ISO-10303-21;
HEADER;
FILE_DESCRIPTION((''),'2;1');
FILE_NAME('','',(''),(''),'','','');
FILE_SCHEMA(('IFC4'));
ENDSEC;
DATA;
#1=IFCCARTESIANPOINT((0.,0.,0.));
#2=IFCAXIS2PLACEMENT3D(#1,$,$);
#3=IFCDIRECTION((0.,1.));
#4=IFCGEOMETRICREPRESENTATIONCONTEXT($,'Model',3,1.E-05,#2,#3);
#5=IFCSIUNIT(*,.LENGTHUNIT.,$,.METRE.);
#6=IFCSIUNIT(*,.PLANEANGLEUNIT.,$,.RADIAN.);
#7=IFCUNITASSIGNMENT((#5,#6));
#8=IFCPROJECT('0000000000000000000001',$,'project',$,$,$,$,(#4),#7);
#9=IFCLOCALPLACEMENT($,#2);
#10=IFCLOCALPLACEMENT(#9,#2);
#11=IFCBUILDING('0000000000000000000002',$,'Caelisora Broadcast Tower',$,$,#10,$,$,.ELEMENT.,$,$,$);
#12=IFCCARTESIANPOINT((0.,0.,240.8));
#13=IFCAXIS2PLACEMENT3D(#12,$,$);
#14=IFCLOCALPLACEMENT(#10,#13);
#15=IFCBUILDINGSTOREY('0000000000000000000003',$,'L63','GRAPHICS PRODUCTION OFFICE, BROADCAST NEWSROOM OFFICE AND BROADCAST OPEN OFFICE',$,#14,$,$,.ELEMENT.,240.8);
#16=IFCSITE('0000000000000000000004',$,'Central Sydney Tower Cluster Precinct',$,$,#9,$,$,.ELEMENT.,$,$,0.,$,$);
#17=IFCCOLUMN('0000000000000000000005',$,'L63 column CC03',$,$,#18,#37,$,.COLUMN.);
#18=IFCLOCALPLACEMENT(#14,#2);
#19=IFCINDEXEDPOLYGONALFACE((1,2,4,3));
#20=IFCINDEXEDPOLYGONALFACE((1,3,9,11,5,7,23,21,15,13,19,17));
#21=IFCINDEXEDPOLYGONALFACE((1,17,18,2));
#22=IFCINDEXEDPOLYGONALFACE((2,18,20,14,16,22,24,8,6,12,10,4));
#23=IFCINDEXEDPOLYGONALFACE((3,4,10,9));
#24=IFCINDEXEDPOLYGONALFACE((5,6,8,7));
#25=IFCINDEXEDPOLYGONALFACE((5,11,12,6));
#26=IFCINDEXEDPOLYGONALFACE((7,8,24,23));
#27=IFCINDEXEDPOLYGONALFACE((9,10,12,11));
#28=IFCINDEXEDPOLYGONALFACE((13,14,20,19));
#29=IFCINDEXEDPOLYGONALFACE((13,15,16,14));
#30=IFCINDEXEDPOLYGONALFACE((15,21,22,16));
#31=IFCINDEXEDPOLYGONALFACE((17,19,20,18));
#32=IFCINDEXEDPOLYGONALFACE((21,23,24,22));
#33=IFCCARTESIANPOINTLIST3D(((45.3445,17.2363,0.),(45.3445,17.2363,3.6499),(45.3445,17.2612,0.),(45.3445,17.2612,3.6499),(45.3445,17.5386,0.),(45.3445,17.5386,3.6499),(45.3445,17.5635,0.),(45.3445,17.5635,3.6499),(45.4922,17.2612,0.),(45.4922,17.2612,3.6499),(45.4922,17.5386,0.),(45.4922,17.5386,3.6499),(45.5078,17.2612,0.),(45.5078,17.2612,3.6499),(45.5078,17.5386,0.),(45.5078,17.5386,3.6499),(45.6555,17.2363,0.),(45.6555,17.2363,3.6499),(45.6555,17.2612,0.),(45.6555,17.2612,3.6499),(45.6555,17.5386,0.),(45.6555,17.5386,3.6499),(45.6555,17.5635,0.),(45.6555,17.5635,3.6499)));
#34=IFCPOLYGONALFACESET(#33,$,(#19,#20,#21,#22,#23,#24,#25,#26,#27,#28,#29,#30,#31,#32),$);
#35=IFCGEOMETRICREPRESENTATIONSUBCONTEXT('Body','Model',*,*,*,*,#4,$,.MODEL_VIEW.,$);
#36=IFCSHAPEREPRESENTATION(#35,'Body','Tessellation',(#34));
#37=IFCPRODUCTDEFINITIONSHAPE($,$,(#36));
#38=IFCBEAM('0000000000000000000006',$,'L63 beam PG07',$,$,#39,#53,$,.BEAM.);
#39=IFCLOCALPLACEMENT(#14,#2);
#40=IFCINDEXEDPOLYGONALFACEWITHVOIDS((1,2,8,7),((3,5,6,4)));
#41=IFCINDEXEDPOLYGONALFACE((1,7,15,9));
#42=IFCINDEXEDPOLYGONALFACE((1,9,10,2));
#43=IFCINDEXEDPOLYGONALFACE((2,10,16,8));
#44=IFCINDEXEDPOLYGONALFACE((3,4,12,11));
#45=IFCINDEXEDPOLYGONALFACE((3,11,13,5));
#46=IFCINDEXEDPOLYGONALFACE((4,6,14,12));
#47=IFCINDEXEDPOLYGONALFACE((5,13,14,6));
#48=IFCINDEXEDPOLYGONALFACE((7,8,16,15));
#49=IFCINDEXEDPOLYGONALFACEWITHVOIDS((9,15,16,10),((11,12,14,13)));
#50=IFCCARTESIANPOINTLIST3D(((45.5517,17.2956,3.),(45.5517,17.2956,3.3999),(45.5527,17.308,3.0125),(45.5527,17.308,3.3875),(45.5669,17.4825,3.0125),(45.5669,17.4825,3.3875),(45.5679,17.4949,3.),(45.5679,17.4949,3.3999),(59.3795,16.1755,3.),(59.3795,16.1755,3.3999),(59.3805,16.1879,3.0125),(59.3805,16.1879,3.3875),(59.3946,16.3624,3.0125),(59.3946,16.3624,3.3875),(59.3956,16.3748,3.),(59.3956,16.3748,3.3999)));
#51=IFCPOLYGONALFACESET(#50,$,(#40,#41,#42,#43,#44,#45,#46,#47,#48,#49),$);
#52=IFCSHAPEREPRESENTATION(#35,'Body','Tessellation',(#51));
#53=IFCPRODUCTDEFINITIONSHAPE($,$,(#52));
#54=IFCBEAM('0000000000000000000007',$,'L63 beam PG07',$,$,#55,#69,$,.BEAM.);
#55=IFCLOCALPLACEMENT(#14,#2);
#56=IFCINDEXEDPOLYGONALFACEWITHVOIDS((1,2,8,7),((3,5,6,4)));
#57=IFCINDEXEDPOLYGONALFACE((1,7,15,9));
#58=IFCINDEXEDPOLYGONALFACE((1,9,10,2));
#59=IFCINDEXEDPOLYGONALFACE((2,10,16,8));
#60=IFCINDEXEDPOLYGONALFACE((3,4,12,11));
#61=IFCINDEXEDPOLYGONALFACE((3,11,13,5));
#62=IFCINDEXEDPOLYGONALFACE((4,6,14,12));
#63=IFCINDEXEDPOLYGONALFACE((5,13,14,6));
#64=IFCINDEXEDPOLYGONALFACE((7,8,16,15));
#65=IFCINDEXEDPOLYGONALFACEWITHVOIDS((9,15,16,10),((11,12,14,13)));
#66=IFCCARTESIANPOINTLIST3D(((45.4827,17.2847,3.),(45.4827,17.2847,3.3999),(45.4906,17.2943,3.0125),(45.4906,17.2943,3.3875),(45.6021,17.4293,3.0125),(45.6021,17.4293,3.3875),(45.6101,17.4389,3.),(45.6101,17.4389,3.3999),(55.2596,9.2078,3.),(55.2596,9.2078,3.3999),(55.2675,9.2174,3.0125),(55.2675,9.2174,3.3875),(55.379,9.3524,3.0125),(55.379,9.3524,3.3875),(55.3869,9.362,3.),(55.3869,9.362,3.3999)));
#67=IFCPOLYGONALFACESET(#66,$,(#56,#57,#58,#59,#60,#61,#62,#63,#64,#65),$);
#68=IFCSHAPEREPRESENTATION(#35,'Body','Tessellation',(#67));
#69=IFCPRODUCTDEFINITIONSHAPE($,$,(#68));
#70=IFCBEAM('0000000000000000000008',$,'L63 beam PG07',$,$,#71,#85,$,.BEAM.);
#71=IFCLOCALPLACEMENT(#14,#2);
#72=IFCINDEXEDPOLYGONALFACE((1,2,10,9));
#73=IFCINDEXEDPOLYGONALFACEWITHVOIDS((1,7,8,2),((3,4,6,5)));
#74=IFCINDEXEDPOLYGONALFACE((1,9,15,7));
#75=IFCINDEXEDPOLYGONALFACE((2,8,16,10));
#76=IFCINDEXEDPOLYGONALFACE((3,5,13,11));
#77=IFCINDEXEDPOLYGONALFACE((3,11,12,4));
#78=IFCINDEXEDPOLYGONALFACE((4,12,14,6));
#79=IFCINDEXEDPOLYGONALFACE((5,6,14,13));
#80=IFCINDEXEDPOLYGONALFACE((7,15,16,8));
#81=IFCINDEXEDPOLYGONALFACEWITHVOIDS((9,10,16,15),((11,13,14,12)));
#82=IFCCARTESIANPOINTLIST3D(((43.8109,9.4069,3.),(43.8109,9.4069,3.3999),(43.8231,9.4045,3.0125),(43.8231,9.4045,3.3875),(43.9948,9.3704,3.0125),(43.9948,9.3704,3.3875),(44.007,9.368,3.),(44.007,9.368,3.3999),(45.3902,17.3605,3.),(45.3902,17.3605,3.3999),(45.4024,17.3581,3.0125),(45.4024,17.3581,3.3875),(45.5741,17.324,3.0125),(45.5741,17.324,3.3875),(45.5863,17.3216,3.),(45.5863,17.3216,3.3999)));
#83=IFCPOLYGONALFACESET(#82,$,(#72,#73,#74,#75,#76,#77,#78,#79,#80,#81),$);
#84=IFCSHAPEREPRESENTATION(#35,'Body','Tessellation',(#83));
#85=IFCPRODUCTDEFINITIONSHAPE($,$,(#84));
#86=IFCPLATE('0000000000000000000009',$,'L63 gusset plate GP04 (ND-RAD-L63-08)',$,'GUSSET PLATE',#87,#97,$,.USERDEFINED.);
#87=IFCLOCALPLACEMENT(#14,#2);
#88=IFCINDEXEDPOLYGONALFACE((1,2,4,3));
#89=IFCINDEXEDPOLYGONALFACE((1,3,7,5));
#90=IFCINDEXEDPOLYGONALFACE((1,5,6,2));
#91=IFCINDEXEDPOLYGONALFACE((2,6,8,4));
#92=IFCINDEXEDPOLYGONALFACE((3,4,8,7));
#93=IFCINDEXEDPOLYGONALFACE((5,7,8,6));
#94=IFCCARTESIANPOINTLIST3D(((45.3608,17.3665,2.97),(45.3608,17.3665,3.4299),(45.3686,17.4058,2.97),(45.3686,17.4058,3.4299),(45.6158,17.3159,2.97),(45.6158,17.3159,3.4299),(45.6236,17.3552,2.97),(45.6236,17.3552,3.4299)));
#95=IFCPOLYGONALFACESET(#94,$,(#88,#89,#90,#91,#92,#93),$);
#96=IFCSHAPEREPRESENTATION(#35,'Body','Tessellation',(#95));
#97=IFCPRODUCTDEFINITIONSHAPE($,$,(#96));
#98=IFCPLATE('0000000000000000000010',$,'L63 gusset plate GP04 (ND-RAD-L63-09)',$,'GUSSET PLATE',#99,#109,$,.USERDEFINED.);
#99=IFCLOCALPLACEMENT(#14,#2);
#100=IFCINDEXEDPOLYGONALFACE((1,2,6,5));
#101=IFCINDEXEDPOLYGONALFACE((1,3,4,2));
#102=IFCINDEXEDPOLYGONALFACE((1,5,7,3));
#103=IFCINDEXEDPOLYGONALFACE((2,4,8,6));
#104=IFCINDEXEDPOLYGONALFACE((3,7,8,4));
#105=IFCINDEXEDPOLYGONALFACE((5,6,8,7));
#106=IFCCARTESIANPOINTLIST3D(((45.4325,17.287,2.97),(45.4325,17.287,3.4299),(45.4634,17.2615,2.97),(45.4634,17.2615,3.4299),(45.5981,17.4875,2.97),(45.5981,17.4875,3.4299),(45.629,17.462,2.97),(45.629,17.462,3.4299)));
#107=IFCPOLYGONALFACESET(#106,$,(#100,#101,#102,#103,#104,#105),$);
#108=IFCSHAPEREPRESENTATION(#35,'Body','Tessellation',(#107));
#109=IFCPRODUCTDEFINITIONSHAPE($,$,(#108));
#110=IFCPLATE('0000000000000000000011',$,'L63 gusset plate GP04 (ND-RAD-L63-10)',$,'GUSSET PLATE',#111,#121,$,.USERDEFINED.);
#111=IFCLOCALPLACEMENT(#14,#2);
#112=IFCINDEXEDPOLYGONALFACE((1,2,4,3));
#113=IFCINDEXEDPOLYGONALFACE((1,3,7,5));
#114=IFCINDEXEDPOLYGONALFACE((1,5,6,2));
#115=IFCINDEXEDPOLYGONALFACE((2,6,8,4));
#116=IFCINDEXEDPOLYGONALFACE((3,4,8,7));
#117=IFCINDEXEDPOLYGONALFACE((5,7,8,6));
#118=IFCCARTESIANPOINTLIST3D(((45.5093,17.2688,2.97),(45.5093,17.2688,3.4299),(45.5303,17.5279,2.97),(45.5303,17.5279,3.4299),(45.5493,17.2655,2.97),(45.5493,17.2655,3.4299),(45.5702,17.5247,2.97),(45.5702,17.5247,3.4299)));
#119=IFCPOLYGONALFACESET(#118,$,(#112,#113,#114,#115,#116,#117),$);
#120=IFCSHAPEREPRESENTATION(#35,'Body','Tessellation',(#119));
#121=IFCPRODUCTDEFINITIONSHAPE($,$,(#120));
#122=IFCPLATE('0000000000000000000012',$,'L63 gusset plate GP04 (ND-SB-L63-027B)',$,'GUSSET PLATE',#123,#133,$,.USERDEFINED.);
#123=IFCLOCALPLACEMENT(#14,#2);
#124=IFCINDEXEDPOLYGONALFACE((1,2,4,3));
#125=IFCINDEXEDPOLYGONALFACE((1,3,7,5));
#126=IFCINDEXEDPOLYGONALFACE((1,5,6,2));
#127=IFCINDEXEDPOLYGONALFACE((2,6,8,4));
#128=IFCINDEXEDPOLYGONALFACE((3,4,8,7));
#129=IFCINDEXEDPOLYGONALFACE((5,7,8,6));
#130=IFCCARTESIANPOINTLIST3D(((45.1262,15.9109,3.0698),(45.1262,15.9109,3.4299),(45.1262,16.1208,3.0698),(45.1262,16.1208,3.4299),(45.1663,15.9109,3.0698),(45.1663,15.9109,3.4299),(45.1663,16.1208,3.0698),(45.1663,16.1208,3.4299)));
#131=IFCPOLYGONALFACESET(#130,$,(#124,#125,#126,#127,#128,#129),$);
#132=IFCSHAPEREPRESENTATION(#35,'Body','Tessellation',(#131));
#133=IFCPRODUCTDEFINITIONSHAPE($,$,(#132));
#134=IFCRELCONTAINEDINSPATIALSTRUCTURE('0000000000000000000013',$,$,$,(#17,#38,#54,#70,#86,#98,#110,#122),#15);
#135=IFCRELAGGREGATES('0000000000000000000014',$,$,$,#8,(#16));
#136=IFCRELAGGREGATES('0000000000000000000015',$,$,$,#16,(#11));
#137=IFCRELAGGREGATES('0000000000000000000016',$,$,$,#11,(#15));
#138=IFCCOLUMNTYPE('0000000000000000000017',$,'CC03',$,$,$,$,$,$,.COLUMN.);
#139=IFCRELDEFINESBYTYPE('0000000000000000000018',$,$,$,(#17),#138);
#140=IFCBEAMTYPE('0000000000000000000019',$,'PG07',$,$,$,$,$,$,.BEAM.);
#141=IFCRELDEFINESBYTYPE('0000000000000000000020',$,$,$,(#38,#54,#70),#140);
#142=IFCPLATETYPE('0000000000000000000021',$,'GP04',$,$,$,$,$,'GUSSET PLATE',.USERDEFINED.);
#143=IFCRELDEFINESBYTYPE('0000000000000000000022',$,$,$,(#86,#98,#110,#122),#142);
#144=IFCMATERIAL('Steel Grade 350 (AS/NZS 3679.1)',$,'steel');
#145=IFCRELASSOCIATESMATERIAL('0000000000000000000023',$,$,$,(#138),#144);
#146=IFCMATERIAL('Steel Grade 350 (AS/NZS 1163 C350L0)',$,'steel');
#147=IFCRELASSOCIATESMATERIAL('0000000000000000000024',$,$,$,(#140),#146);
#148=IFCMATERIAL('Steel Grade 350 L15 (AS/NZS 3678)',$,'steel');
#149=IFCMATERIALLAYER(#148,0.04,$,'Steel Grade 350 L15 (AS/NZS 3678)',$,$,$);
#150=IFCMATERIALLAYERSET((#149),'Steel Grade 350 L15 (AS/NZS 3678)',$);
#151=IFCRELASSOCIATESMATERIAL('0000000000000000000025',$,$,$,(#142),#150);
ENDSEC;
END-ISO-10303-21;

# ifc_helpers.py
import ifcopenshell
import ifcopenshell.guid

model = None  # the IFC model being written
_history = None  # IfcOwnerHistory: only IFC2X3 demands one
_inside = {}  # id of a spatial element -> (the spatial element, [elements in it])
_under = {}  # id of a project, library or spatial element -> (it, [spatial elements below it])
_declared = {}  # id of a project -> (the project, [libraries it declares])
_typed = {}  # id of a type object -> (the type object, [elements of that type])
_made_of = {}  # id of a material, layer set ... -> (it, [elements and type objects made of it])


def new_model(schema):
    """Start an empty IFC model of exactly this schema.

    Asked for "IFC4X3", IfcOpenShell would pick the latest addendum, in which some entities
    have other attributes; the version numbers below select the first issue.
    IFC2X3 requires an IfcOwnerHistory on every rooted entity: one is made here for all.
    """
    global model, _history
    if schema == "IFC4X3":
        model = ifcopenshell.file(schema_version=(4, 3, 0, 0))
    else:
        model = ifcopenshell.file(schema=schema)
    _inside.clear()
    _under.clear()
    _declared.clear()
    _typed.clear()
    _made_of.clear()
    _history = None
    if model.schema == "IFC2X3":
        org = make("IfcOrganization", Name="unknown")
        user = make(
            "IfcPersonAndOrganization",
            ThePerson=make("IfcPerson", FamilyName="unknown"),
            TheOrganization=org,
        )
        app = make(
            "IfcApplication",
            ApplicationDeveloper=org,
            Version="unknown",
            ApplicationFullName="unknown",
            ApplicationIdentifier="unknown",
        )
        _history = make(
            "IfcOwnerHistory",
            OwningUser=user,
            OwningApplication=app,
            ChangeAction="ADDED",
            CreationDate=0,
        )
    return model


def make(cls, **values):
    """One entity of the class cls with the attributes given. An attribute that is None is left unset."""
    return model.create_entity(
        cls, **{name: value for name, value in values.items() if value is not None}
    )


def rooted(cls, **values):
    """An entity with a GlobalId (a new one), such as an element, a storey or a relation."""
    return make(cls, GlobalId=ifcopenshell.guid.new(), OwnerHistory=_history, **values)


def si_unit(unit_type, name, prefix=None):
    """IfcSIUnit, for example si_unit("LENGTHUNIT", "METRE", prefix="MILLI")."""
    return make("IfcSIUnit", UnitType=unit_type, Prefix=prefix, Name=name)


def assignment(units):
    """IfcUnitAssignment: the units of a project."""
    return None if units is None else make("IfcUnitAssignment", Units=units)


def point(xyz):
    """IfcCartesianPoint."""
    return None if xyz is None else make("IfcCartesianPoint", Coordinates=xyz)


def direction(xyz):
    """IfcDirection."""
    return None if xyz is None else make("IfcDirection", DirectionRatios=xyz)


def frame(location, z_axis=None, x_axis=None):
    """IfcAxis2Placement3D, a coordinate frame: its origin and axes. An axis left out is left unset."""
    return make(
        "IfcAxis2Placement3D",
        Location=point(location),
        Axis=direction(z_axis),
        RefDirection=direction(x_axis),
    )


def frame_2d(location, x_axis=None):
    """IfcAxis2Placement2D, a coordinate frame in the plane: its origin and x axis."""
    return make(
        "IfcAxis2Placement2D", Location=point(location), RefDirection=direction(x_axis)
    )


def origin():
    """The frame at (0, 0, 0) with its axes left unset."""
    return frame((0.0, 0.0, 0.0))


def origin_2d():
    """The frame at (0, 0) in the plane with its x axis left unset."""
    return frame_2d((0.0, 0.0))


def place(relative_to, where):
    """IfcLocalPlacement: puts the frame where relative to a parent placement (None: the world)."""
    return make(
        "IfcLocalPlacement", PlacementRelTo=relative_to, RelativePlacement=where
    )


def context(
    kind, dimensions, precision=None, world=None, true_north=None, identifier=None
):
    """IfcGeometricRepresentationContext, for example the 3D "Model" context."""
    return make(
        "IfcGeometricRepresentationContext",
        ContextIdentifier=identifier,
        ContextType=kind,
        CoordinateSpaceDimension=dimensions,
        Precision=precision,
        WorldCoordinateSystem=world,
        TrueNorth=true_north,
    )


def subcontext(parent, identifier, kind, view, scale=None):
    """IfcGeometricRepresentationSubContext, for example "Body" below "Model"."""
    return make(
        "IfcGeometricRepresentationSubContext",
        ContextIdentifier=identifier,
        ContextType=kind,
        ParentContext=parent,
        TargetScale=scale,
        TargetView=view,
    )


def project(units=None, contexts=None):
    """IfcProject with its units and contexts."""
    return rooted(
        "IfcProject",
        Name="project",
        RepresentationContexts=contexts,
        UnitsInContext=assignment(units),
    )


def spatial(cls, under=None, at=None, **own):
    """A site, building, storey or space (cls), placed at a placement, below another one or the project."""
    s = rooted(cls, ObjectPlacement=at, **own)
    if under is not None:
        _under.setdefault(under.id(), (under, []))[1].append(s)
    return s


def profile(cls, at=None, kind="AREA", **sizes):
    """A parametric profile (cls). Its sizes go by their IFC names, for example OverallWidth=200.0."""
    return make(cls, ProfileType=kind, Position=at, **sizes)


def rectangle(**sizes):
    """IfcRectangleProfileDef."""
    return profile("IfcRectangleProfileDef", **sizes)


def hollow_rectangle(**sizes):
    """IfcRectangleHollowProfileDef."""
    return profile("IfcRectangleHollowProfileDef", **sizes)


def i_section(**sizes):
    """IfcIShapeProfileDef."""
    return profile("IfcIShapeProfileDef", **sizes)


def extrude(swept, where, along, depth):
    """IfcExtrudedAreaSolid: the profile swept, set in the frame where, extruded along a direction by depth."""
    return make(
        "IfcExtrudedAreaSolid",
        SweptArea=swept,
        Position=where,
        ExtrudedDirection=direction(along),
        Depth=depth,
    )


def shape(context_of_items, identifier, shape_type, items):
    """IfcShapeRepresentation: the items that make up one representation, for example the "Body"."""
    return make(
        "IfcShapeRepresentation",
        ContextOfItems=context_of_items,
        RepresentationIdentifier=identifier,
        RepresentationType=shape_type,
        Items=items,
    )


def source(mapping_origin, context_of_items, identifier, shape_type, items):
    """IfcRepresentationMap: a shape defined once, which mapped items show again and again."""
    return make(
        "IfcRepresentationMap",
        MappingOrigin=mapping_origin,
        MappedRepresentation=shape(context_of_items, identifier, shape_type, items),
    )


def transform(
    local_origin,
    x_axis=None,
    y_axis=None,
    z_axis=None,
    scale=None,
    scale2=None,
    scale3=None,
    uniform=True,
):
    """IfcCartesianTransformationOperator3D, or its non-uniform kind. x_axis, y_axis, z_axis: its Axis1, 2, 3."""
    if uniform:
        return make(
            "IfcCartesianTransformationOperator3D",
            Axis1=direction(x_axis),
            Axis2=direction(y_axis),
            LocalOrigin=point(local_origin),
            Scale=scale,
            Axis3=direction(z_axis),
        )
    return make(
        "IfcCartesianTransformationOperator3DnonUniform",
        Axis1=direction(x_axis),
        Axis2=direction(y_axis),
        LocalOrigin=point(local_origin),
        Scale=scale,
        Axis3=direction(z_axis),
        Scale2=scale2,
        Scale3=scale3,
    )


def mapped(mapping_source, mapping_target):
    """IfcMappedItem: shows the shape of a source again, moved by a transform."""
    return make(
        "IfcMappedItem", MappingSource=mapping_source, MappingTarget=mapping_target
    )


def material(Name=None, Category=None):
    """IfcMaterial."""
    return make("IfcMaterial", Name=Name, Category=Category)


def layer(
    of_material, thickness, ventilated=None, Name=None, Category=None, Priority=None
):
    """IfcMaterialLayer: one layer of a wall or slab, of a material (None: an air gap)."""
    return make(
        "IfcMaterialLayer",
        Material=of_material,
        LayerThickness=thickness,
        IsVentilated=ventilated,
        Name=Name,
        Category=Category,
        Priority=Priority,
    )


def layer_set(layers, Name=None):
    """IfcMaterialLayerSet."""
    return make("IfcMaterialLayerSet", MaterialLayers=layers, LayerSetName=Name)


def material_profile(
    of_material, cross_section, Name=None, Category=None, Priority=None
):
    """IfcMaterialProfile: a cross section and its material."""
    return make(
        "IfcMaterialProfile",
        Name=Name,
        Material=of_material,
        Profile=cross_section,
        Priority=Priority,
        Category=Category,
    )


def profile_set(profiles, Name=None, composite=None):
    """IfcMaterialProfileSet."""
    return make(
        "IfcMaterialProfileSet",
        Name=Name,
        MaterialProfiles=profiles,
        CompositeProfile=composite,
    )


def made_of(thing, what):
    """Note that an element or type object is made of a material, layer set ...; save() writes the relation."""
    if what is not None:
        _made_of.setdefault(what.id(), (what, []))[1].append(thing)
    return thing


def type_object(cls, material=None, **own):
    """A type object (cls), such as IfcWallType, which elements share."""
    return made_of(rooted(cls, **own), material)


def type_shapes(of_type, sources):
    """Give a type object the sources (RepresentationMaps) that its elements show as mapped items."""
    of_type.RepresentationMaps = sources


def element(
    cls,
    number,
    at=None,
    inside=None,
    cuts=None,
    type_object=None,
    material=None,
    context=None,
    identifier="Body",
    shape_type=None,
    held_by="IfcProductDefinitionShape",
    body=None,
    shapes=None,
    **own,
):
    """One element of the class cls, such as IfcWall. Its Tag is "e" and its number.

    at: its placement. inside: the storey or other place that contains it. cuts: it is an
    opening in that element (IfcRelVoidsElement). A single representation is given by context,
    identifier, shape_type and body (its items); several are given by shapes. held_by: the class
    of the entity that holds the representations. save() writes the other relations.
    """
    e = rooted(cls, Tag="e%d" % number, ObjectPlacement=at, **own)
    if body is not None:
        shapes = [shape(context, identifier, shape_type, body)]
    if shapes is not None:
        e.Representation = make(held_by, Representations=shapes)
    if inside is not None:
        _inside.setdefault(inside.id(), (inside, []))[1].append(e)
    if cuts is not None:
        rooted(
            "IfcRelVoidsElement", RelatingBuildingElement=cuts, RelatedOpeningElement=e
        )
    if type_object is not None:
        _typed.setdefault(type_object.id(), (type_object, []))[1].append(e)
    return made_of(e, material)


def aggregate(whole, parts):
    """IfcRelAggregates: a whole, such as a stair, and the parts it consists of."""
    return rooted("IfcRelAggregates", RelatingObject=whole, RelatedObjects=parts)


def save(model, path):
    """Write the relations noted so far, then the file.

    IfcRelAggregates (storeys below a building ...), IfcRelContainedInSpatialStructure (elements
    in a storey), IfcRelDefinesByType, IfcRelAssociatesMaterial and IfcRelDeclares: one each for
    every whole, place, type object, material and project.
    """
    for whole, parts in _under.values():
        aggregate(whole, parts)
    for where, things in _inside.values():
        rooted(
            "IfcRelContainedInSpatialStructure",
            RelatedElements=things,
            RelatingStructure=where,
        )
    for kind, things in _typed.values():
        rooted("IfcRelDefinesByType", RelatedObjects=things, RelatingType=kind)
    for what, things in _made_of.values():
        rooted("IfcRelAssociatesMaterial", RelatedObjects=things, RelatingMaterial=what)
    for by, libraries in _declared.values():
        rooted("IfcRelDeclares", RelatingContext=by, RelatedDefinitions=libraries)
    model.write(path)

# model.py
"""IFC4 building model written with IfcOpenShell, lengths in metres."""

from ifc_helpers import new_model, si_unit, direction, frame, origin, origin_2d, place, context, subcontext, project, spatial, rectangle, hollow_rectangle, i_section, extrude, source, transform, mapped, material, layer, layer_set, material_profile, profile_set, type_object, type_shapes, element, save


model = new_model("IFC4")

# Units and contexts
model_context = context("Model", 3, precision=1e-05, world=origin(), true_north=direction((0.0, 1.0)))
body_context = subcontext(model_context, "Body", "Model", "MODEL_VIEW")
ifc_project = project(units=[si_unit("LENGTHUNIT", "METRE"), si_unit("PLANEANGLEUNIT", "RADIAN")], contexts=[model_context])

# Site, building, storey
site_placement = place(None, origin())
site = spatial("IfcSite", under=ifc_project, at=site_placement, Name="Central Sydney Tower Cluster Precinct", CompositionType="ELEMENT", RefElevation=0.0)
building_placement = place(site_placement, origin())
building = spatial("IfcBuilding", under=site, at=building_placement, Name="Caelisora Broadcast Tower", CompositionType="ELEMENT")
storey_placement = place(building_placement, frame((0.0, 0.0, 240.8)))
storey = spatial("IfcBuildingStorey", under=building, at=storey_placement, Name="L63", Description="GRAPHICS PRODUCTION OFFICE, BROADCAST NEWSROOM OFFICE AND BROADCAST OPEN OFFICE", CompositionType="ELEMENT", Elevation=240.8)

# Column
ifc_material_1 = material(Name="Steel Grade 350 (AS/NZS 3679.1)", Category="steel")
ifc_material_profile_1 = material_profile(ifc_material_1, i_section(OverallWidth=0.311, OverallDepth=0.3271, WebThickness=0.0156, FlangeThickness=0.0249, at=origin_2d()), Name="Steel Grade 350 (AS/NZS 3679.1)")
ifc_profile_set_1 = profile_set([ifc_material_profile_1], Name="Steel Grade 350 (AS/NZS 3679.1)")
column_type = type_object("IfcColumnType", Name="CC03", PredefinedType="COLUMN", material=ifc_profile_set_1)
shared_shape_1 = source(origin(), body_context, "Body", "SweptSolid", [
    extrude(i_section(OverallWidth=0.311, OverallDepth=0.3271, WebThickness=0.0156, FlangeThickness=0.0249, at=origin_2d()), origin(), (0.0, 0.0, 1.0), 3.6499),
])
type_shapes(column_type, [shared_shape_1])
column_placement = place(storey_placement, frame((45.5, 17.3999, 0.0), z_axis=(0.0, 0.0, 1.0), x_axis=(1.0, 0.0, 0.0)))
element("IfcColumn", 1, at=column_placement, inside=storey, type_object=column_type, Name="L63 column CC03", PredefinedType="COLUMN", context=body_context, shape_type="MappedRepresentation", body=[
    mapped(shared_shape_1, transform((0.0, 0.0, 0.0), scale=1.0)),
])

# Beams
ifc_material_2 = material(Name="Steel Grade 350 (AS/NZS 1163 C350L0)", Category="steel")
ifc_material_profile_2 = material_profile(ifc_material_2, hollow_rectangle(XDim=0.2, YDim=0.3999, WallThickness=0.0125, at=origin_2d()), Name="Steel Grade 350 (AS/NZS 1163 C350L0)")
ifc_profile_set_2 = profile_set([ifc_material_profile_2], Name="Steel Grade 350 (AS/NZS 1163 C350L0)")
beam_type = type_object("IfcBeamType", Name="PG07", PredefinedType="BEAM", material=ifc_profile_set_2)
shared_shape_2 = source(origin(), body_context, "Body", "SweptSolid", [
    extrude(hollow_rectangle(XDim=0.2, YDim=0.3999, WallThickness=0.0125, at=origin_2d()), origin(), (0.0, 0.0, 1.0), 13.873),
])
beam_1_placement = place(storey_placement, frame((45.5598, 17.3953, 3.2), z_axis=(0.996735, -0.080741, 0.0), x_axis=(0.080741, 0.996735, 0.0)))
element("IfcBeam", 2, at=beam_1_placement, inside=storey, type_object=beam_type, Name="L63 beam PG07", PredefinedType="BEAM", context=body_context, shape_type="MappedRepresentation", body=[
    mapped(shared_shape_2, transform((0.0, 0.0, 0.0), scale=1.0)),
])
shared_shape_3 = source(origin(), body_context, "Body", "SweptSolid", [
    extrude(hollow_rectangle(XDim=0.2, YDim=0.3999, WallThickness=0.0125, at=origin_2d()), origin(), (0.0, 0.0, 1.0), 12.6816),
])
beam_2_placement = place(storey_placement, frame((45.5464, 17.3618, 3.2), z_axis=(0.770947, -0.636899, 0.0), x_axis=(0.636899, 0.770947, 0.0)))
element("IfcBeam", 3, at=beam_2_placement, inside=storey, type_object=beam_type, Name="L63 beam PG07", PredefinedType="BEAM", context=body_context, shape_type="MappedRepresentation", body=[
    mapped(shared_shape_3, transform((0.0, 0.0, 0.0), scale=1.0)),
])
shared_shape_4 = source(origin(), body_context, "Body", "SweptSolid", [
    extrude(hollow_rectangle(XDim=0.2, YDim=0.3999, WallThickness=0.0125, at=origin_2d()), origin(), (0.0, 0.0, 1.0), 8.1089),
])
type_shapes(beam_type, [shared_shape_2, shared_shape_3, shared_shape_4])
beam_3_placement = place(storey_placement, frame((45.4883, 17.3411, 3.2), z_axis=(-0.194767, -0.98085, 0.0), x_axis=(0.98085, -0.194767, 0.0)))
element("IfcBeam", 4, at=beam_3_placement, inside=storey, type_object=beam_type, Name="L63 beam PG07", PredefinedType="BEAM", context=body_context, shape_type="MappedRepresentation", body=[
    mapped(shared_shape_4, transform((0.0, 0.0, 0.0), scale=1.0)),
])

# Plates
ifc_material_3 = material(Name="Steel Grade 350 L15 (AS/NZS 3678)", Category="steel")
ifc_layer_1 = layer(ifc_material_3, 0.04, Name="Steel Grade 350 L15 (AS/NZS 3678)")
ifc_layer_set_1 = layer_set([ifc_layer_1], Name="Steel Grade 350 L15 (AS/NZS 3678)")
plate_type = type_object("IfcPlateType", Name="GP04", ElementType="GUSSET PLATE", PredefinedType="USERDEFINED", material=ifc_layer_set_1)
shared_shape_5 = source(origin(), body_context, "Body", "SweptSolid", [
    extrude(rectangle(XDim=0.26, YDim=0.04, at=origin_2d()), origin(), (0.0, 0.0, 1.0), 0.46),
])
for number, where, z_axis, x_axis, name in (
    (5, (45.4922, 17.3608, 2.97), (0.0, 0.0, 1.0), (0.980853, -0.194748, 0.0), "L63 gusset plate GP04 (ND-RAD-L63-08)"),
    (6, (45.5308, 17.3745, 2.97), (0.0, 0.0, 1.0), (0.636886, 0.770958, 0.0), "L63 gusset plate GP04 (ND-RAD-L63-09)"),
    (7, (45.5398, 17.3967, 2.97), (0.0, 0.0, 1.0), (0.080721, 0.996737, 0.0), "L63 gusset plate GP04 (ND-RAD-L63-10)"),
):
    element("IfcPlate", number, at=place(storey_placement, frame(where, z_axis=z_axis, x_axis=x_axis)), inside=storey, type_object=plate_type, Name=name, ObjectType="GUSSET PLATE", PredefinedType="USERDEFINED", context=body_context, shape_type="MappedRepresentation", body=[
        mapped(shared_shape_5, transform((0.0, 0.0, 0.0), scale=1.0)),
    ])
shared_shape_6 = source(origin(), body_context, "Body", "SweptSolid", [
    extrude(rectangle(XDim=0.21, YDim=0.04, at=origin_2d()), origin(), (0.0, 0.0, 1.0), 0.3601),
])
type_shapes(plate_type, [shared_shape_5, shared_shape_6])
plate_placement = place(storey_placement, frame((45.1462, 16.0159, 3.0698), z_axis=(0.0, 0.0, 1.0), x_axis=(0.0, 1.0, 0.0)))
element("IfcPlate", 8, at=plate_placement, inside=storey, type_object=plate_type, Name="L63 gusset plate GP04 (ND-SB-L63-027B)", ObjectType="GUSSET PLATE", PredefinedType="USERDEFINED", context=body_context, shape_type="MappedRepresentation", body=[
    mapped(shared_shape_6, transform((0.0, 0.0, 0.0), scale=1.0)),
])

save(model, "model.ifc")
